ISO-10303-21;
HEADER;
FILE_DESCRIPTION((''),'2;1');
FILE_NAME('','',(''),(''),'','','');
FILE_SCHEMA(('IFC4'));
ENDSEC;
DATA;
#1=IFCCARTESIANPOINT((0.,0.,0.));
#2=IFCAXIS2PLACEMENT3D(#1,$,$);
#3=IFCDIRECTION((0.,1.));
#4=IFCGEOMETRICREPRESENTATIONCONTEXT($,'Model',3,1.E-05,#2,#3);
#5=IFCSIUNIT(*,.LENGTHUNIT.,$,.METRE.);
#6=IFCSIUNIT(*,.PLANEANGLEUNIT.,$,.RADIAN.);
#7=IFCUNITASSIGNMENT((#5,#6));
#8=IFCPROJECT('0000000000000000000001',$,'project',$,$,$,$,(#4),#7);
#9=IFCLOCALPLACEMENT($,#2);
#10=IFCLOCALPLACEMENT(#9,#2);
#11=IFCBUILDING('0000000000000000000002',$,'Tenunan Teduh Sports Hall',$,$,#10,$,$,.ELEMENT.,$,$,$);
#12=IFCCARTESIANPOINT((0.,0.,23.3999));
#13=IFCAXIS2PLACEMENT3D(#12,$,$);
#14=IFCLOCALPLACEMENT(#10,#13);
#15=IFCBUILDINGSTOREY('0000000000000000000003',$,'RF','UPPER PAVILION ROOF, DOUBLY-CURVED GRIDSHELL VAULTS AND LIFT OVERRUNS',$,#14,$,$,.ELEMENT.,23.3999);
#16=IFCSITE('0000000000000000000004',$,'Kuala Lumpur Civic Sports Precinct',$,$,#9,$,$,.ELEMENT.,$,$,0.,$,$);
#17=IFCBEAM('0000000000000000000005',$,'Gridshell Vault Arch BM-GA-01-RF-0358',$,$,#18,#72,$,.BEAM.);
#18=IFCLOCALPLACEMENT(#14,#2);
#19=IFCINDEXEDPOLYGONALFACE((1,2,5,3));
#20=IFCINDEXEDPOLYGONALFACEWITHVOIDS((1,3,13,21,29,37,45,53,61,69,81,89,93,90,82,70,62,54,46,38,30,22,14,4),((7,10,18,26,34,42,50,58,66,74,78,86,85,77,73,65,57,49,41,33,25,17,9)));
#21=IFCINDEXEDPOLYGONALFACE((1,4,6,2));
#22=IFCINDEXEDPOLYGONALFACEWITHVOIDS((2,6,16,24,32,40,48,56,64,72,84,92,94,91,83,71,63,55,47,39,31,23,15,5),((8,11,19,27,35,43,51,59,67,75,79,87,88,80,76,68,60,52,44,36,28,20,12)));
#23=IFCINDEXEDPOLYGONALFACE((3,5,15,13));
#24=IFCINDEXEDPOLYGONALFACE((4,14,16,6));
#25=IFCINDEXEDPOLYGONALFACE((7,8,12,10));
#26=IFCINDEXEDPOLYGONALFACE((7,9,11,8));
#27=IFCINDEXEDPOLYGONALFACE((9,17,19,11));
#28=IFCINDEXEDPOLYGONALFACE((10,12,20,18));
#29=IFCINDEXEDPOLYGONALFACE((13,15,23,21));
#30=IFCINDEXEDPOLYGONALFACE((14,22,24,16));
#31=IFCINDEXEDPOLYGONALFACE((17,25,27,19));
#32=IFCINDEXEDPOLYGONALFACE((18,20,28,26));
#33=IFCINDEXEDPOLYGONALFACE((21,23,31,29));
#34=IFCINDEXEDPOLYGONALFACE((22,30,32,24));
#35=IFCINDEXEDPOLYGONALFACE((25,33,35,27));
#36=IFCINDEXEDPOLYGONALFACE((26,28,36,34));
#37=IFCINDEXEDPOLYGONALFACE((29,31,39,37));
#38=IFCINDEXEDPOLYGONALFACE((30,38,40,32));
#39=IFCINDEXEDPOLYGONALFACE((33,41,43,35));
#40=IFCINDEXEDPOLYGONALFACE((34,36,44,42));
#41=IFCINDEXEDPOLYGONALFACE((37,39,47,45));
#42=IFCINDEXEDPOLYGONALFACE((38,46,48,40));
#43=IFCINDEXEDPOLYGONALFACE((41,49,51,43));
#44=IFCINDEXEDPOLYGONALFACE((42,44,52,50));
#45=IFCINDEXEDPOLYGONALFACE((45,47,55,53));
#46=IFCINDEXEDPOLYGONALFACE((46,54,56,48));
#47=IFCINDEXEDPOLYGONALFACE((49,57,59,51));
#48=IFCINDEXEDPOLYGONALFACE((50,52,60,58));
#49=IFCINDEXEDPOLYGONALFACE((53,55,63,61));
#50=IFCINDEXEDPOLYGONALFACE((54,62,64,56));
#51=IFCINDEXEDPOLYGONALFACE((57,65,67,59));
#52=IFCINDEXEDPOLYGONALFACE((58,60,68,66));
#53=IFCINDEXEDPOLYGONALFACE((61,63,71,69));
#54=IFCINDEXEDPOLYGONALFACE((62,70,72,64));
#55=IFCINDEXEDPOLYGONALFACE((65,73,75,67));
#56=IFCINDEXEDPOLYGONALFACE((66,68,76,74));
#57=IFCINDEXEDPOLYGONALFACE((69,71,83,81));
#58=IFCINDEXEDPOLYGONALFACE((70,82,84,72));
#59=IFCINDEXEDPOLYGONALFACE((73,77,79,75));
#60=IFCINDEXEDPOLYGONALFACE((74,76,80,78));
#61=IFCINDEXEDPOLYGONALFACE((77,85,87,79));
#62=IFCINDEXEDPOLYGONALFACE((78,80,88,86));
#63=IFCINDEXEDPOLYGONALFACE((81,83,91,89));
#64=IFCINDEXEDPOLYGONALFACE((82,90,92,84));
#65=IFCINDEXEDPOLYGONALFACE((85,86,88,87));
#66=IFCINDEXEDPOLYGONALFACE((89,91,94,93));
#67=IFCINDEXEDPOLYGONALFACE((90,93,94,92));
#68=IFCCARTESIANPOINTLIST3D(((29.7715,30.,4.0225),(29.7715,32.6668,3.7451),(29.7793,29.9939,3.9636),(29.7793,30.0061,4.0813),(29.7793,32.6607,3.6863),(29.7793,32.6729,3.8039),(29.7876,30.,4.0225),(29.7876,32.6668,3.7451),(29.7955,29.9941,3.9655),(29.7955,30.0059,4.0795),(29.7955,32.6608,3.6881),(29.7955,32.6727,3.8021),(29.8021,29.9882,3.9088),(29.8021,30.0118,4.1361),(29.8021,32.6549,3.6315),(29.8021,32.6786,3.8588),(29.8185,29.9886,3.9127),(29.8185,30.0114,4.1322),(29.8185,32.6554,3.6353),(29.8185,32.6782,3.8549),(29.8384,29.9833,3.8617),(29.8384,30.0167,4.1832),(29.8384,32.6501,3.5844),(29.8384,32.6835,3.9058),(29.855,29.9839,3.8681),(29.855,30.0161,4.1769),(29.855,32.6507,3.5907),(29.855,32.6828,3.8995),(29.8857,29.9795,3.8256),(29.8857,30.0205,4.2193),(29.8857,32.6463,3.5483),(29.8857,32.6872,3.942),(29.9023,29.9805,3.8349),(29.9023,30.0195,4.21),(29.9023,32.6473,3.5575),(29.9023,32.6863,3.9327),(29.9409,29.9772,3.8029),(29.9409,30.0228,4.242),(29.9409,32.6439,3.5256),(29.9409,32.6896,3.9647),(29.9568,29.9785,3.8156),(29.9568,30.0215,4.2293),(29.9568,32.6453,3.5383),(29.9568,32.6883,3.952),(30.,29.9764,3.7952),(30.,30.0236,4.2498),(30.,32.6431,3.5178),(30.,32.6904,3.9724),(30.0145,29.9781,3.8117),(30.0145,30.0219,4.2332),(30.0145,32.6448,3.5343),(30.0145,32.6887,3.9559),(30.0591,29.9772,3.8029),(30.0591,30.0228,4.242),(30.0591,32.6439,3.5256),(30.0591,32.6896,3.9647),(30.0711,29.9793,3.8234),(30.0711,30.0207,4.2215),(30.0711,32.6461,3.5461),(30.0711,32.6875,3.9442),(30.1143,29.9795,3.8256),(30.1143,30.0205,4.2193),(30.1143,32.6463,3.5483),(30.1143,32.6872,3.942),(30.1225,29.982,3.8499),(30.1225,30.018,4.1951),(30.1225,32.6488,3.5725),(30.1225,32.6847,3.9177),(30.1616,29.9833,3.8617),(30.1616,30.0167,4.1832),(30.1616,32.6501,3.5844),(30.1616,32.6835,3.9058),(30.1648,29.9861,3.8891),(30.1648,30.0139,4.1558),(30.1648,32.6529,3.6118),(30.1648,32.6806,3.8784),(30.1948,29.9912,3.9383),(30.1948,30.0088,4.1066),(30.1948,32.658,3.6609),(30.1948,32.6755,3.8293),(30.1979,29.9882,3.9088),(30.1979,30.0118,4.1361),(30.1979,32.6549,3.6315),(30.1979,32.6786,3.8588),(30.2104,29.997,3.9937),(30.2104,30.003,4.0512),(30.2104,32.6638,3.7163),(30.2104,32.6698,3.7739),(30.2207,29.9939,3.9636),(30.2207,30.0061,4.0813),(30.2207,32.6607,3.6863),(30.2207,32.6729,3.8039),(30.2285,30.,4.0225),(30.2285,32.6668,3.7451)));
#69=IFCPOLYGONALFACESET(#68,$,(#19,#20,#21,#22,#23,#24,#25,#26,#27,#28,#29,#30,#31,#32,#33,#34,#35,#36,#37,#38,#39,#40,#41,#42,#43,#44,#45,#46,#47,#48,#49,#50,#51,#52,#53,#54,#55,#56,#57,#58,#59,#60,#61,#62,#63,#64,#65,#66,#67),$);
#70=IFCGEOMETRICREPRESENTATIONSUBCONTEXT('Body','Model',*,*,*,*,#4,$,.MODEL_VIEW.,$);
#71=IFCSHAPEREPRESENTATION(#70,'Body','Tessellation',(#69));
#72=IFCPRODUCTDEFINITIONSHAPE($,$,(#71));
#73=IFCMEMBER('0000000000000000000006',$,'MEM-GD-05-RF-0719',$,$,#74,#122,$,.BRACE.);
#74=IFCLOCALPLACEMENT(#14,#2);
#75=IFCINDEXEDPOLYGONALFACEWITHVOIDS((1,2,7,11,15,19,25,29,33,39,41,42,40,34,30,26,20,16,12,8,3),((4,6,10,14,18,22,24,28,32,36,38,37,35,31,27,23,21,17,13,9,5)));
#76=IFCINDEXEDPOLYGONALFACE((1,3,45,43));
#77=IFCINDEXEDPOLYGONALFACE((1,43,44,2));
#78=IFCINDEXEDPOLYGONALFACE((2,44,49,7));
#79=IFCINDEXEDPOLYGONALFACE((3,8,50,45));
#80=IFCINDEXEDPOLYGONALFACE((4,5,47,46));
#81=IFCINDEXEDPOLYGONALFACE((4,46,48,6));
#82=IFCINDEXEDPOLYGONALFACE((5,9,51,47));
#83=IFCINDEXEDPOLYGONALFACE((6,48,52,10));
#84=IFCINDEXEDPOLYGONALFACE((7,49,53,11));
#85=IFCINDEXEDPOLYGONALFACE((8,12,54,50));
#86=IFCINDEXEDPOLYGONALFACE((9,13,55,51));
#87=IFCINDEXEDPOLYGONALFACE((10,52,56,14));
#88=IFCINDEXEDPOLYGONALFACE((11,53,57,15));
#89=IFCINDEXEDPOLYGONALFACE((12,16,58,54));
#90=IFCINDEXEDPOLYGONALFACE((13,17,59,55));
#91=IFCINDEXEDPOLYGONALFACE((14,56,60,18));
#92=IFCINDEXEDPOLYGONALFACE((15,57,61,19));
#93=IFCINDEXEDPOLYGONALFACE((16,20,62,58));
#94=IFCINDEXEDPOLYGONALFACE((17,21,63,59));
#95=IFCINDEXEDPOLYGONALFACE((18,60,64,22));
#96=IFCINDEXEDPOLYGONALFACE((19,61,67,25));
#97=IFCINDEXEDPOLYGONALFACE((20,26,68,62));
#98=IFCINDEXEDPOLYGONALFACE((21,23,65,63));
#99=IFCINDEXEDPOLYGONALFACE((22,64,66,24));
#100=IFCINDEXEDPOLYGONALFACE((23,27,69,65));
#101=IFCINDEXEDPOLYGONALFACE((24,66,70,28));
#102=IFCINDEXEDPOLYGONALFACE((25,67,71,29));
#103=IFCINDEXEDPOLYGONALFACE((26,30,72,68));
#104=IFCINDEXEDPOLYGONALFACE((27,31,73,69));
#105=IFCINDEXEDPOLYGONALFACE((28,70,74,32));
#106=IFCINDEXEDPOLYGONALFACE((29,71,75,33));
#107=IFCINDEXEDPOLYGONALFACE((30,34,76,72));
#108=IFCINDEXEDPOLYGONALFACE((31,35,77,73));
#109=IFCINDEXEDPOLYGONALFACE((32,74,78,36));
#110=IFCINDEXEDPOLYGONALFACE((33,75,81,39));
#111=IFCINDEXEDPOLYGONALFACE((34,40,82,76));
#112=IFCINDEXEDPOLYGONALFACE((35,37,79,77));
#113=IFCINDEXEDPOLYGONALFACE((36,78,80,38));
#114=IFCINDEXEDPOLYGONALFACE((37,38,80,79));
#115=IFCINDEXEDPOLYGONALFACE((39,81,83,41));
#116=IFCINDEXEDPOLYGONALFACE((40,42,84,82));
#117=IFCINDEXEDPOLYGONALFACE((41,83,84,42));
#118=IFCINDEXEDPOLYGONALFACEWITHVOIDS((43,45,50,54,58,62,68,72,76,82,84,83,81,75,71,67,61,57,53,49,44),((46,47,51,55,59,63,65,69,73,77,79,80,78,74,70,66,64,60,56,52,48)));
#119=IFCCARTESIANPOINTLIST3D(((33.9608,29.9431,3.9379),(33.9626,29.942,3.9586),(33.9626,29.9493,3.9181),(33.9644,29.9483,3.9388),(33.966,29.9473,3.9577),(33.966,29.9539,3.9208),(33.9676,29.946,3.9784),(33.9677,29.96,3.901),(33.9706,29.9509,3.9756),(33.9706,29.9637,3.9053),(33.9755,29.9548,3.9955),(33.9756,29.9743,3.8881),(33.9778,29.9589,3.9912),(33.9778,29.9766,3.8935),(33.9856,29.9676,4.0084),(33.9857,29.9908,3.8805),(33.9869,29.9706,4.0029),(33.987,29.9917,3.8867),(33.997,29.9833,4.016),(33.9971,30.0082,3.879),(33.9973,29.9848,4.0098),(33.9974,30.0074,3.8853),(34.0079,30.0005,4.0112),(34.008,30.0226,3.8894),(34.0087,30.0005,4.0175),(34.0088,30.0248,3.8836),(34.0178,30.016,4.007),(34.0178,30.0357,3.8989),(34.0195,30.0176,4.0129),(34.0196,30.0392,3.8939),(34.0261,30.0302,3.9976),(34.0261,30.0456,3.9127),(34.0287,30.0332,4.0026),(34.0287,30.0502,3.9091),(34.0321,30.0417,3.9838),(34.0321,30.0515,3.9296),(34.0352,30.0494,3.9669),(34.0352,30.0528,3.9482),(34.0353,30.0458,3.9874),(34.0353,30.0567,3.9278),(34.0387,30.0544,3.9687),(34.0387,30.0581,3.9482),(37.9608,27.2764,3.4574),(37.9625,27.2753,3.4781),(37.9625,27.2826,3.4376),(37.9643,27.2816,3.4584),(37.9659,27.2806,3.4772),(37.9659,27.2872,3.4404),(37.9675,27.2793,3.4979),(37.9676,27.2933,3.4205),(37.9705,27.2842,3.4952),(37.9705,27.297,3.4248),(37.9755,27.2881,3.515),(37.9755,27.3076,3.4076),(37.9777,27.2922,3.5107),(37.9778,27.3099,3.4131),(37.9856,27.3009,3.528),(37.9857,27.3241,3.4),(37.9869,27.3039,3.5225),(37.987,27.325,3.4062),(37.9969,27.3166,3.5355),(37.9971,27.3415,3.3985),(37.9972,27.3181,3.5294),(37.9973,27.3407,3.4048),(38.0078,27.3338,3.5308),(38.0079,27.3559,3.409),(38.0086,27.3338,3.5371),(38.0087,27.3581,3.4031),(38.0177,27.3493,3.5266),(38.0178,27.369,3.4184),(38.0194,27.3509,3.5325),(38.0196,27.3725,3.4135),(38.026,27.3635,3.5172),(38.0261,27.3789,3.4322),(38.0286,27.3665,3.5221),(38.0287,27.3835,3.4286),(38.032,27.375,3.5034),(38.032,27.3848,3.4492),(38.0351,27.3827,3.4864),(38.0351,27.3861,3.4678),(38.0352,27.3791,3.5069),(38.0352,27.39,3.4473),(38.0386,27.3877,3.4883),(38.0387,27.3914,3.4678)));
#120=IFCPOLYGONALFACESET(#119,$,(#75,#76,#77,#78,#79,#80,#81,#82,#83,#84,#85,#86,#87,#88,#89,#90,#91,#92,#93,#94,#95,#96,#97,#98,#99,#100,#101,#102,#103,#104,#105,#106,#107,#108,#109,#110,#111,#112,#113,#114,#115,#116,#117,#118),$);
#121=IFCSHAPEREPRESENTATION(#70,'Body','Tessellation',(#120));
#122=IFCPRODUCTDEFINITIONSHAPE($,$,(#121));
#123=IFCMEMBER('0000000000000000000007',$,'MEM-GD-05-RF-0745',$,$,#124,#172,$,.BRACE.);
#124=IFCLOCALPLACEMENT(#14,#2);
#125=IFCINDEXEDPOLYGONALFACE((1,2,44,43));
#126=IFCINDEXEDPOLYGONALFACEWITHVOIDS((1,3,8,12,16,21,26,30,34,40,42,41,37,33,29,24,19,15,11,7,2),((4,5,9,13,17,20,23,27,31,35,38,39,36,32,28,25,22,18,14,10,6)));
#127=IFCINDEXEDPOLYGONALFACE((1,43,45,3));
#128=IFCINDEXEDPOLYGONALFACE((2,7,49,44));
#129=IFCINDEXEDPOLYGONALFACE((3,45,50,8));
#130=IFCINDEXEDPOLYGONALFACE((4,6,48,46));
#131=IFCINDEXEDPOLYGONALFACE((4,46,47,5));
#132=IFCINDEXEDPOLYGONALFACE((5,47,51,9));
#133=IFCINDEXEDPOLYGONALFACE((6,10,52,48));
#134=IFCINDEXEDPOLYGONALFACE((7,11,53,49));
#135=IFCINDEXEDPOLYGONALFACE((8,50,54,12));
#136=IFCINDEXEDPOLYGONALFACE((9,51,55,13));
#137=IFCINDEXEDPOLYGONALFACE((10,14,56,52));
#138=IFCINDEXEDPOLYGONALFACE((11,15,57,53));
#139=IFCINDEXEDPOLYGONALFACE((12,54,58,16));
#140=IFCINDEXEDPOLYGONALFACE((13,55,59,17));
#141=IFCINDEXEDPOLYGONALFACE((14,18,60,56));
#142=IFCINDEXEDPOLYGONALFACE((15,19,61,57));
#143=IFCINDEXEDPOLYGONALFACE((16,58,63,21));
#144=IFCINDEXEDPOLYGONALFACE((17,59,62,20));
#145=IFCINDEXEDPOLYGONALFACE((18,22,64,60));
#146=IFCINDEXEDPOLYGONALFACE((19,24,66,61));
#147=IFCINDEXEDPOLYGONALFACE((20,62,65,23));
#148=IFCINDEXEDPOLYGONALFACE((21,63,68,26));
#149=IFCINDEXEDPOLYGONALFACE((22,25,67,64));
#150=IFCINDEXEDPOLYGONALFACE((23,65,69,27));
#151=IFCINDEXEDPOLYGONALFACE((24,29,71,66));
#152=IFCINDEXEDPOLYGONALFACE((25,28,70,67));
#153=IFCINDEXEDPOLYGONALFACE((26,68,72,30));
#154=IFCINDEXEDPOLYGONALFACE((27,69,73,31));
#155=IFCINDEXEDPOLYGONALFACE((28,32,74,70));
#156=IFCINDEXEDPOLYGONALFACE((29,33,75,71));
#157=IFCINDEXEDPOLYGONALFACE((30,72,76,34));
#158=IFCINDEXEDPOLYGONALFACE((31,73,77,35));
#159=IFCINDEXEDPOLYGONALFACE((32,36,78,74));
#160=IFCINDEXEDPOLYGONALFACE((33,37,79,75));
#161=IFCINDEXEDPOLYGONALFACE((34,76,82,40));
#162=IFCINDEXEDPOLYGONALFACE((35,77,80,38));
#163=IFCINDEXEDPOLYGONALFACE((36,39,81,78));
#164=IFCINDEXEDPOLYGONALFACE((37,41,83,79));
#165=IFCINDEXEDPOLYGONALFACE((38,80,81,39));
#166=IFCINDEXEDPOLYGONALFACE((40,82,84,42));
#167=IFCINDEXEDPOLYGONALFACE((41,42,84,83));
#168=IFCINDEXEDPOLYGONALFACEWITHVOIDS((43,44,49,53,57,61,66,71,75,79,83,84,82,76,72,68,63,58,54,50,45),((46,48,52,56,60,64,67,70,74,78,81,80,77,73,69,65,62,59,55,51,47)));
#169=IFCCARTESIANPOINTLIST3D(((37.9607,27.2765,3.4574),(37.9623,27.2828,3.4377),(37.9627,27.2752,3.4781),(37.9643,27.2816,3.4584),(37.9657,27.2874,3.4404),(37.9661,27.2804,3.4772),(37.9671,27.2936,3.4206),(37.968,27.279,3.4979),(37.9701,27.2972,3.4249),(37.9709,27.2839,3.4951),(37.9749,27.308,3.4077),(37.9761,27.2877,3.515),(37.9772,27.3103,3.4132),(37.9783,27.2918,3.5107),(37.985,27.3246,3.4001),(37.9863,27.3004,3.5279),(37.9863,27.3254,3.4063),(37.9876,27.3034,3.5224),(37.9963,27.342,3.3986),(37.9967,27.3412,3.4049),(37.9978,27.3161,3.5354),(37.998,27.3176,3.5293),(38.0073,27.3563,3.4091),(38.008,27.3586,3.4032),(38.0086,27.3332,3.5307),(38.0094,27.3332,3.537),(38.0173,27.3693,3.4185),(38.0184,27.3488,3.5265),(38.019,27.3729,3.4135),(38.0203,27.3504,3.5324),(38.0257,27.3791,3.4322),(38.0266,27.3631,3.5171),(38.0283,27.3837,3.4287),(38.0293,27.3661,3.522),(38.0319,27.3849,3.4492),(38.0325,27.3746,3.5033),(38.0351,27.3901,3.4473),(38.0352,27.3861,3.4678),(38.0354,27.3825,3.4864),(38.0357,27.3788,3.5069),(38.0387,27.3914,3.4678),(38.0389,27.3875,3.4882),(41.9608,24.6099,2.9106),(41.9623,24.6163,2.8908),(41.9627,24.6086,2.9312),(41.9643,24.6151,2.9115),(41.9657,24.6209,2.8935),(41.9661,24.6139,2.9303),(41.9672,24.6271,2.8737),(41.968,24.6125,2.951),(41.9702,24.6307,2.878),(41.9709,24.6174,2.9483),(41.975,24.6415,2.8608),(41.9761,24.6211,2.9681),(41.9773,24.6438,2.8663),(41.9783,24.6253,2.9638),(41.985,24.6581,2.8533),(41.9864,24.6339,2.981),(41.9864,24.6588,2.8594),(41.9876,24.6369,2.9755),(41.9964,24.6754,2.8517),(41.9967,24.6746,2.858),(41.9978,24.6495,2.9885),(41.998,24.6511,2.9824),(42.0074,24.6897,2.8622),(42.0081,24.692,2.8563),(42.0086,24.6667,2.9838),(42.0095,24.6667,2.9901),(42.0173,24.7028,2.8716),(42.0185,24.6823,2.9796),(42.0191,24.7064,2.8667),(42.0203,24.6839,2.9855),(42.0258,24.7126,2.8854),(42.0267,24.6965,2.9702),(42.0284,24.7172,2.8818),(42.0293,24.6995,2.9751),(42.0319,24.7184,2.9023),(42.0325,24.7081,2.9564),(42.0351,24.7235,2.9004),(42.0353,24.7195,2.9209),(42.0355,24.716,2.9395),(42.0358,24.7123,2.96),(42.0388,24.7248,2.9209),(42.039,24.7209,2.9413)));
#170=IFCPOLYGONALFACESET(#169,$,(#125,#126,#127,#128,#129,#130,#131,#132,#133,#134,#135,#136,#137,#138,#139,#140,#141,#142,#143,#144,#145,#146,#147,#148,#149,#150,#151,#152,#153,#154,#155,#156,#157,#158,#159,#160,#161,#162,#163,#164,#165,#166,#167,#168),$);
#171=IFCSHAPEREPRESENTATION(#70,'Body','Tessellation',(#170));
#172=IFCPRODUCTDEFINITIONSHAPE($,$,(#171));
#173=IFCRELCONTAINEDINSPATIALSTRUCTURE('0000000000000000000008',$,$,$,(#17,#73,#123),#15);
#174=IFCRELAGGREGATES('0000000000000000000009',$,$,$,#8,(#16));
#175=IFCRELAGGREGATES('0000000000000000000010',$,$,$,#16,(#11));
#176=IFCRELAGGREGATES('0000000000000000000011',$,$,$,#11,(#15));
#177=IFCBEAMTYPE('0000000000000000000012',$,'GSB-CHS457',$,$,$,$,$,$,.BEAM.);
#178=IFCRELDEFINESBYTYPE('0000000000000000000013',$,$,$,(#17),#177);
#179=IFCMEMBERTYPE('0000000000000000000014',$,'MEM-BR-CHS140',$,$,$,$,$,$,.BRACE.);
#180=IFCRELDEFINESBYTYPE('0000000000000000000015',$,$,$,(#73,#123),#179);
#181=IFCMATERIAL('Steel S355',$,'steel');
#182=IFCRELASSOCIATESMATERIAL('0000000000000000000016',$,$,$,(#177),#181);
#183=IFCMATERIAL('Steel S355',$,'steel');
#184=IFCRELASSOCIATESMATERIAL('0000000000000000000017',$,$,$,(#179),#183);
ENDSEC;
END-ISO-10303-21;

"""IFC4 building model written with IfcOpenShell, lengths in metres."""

from ifc_helpers import new_model, si_unit, direction, frame, origin, origin_2d, place, context, subcontext, project, spatial, hollow_circle, extrude, material, material_profile, profile_set, type_object, element, save


model = new_model("IFC4")

# Units and contexts
model_context = context("Model", 3, precision=1e-05, world=origin(), true_north=direction((0.0, 1.0)))
body_context = subcontext(model_context, "Body", "Model", "MODEL_VIEW")
ifc_project = project(units=[si_unit("LENGTHUNIT", "METRE"), si_unit("PLANEANGLEUNIT", "RADIAN")], contexts=[model_context])

# Site, building, storey
site_placement = place(None, origin())
site = spatial("IfcSite", under=ifc_project, at=site_placement, Name="Kuala Lumpur Civic Sports Precinct", CompositionType="ELEMENT", RefElevation=0.0)
building_placement = place(site_placement, origin())
building = spatial("IfcBuilding", under=site, at=building_placement, Name="Tenunan Teduh Sports Hall", CompositionType="ELEMENT")
storey_placement = place(building_placement, frame((0.0, 0.0, 23.3999)))
storey = spatial("IfcBuildingStorey", under=building, at=storey_placement, Name="RF", Description="UPPER PAVILION ROOF, DOUBLY-CURVED GRIDSHELL VAULTS AND LIFT OVERRUNS", CompositionType="ELEMENT", Elevation=23.3999)

# Beam
ifc_material_1 = material(Name="Steel S355", Category="steel")
ifc_material_profile_1 = material_profile(ifc_material_1, hollow_circle(Radius=0.2285, WallThickness=0.0161, at=origin_2d()), Name="CHS 457.0x16.0")
ifc_profile_set_1 = profile_set([ifc_material_profile_1], Name="Steel S355")
beam_type_1 = type_object("IfcBeamType", Name="GSB-CHS457", PredefinedType="BEAM", material=ifc_profile_set_1)
for number, where, z_axis, x_axis, name in (
    (1, (30.0, 30.0, 4.0225), (0.0, 0.994635, -0.103443), (-1.0, 0.0, 0.0), "Gridshell Vault Arch BM-GA-01-RF-0358"),
):
    element("IfcBeam", number, at=place(storey_placement, frame(where, z_axis=z_axis, x_axis=x_axis)), inside=storey, type_object=beam_type_1, Name=name, PredefinedType="BEAM", context=body_context, shape_type="SweptSolid", body=[
        extrude(hollow_circle(Radius=0.2285, WallThickness=0.0161, at=origin_2d()), origin(), (0.0, 0.0, 1.0), 2.6812),
    ])

# Members
ifc_material_2 = material(Name="Steel S355", Category="steel")
ifc_material_profile_2 = material_profile(ifc_material_2, hollow_circle(Radius=0.0698, WallThickness=0.0063, at=origin_2d()), Name="CHS 139.7x6.3")
ifc_profile_set_2 = profile_set([ifc_material_profile_2], Name="Steel S355")
member_type_1 = type_object("IfcMemberType", Name="MEM-BR-CHS140", PredefinedType="BRACE", material=ifc_profile_set_2)
member_1_placement = place(storey_placement, frame((34.0, 30.0, 3.9482), z_axis=(0.827918, -0.551962, -0.099447), x_axis=(0.554712, 0.832042, 0.0)))
element("IfcMember", 2, at=member_1_placement, inside=storey, type_object=member_type_1, Name="MEM-GD-05-RF-0719", PredefinedType="BRACE", context=body_context, shape_type="SweptSolid", body=[
    extrude(hollow_circle(Radius=0.0698, WallThickness=0.0063, at=origin_2d()), origin(), (0.0, 0.0, 1.0), 4.8313),
])
member_2_placement = place(storey_placement, frame((38.0, 27.3333, 3.4678), z_axis=(0.826734, -0.551122, -0.11303), x_axis=(0.554677, 0.832066, 0.0)))
element("IfcMember", 3, at=member_2_placement, inside=storey, type_object=member_type_1, Name="MEM-GD-05-RF-0745", PredefinedType="BRACE", context=body_context, shape_type="SweptSolid", body=[
    extrude(hollow_circle(Radius=0.0698, WallThickness=0.0063, at=origin_2d()), origin(), (0.0, 0.0, 1.0), 4.8384),
])

save(model, "model.ifc")
